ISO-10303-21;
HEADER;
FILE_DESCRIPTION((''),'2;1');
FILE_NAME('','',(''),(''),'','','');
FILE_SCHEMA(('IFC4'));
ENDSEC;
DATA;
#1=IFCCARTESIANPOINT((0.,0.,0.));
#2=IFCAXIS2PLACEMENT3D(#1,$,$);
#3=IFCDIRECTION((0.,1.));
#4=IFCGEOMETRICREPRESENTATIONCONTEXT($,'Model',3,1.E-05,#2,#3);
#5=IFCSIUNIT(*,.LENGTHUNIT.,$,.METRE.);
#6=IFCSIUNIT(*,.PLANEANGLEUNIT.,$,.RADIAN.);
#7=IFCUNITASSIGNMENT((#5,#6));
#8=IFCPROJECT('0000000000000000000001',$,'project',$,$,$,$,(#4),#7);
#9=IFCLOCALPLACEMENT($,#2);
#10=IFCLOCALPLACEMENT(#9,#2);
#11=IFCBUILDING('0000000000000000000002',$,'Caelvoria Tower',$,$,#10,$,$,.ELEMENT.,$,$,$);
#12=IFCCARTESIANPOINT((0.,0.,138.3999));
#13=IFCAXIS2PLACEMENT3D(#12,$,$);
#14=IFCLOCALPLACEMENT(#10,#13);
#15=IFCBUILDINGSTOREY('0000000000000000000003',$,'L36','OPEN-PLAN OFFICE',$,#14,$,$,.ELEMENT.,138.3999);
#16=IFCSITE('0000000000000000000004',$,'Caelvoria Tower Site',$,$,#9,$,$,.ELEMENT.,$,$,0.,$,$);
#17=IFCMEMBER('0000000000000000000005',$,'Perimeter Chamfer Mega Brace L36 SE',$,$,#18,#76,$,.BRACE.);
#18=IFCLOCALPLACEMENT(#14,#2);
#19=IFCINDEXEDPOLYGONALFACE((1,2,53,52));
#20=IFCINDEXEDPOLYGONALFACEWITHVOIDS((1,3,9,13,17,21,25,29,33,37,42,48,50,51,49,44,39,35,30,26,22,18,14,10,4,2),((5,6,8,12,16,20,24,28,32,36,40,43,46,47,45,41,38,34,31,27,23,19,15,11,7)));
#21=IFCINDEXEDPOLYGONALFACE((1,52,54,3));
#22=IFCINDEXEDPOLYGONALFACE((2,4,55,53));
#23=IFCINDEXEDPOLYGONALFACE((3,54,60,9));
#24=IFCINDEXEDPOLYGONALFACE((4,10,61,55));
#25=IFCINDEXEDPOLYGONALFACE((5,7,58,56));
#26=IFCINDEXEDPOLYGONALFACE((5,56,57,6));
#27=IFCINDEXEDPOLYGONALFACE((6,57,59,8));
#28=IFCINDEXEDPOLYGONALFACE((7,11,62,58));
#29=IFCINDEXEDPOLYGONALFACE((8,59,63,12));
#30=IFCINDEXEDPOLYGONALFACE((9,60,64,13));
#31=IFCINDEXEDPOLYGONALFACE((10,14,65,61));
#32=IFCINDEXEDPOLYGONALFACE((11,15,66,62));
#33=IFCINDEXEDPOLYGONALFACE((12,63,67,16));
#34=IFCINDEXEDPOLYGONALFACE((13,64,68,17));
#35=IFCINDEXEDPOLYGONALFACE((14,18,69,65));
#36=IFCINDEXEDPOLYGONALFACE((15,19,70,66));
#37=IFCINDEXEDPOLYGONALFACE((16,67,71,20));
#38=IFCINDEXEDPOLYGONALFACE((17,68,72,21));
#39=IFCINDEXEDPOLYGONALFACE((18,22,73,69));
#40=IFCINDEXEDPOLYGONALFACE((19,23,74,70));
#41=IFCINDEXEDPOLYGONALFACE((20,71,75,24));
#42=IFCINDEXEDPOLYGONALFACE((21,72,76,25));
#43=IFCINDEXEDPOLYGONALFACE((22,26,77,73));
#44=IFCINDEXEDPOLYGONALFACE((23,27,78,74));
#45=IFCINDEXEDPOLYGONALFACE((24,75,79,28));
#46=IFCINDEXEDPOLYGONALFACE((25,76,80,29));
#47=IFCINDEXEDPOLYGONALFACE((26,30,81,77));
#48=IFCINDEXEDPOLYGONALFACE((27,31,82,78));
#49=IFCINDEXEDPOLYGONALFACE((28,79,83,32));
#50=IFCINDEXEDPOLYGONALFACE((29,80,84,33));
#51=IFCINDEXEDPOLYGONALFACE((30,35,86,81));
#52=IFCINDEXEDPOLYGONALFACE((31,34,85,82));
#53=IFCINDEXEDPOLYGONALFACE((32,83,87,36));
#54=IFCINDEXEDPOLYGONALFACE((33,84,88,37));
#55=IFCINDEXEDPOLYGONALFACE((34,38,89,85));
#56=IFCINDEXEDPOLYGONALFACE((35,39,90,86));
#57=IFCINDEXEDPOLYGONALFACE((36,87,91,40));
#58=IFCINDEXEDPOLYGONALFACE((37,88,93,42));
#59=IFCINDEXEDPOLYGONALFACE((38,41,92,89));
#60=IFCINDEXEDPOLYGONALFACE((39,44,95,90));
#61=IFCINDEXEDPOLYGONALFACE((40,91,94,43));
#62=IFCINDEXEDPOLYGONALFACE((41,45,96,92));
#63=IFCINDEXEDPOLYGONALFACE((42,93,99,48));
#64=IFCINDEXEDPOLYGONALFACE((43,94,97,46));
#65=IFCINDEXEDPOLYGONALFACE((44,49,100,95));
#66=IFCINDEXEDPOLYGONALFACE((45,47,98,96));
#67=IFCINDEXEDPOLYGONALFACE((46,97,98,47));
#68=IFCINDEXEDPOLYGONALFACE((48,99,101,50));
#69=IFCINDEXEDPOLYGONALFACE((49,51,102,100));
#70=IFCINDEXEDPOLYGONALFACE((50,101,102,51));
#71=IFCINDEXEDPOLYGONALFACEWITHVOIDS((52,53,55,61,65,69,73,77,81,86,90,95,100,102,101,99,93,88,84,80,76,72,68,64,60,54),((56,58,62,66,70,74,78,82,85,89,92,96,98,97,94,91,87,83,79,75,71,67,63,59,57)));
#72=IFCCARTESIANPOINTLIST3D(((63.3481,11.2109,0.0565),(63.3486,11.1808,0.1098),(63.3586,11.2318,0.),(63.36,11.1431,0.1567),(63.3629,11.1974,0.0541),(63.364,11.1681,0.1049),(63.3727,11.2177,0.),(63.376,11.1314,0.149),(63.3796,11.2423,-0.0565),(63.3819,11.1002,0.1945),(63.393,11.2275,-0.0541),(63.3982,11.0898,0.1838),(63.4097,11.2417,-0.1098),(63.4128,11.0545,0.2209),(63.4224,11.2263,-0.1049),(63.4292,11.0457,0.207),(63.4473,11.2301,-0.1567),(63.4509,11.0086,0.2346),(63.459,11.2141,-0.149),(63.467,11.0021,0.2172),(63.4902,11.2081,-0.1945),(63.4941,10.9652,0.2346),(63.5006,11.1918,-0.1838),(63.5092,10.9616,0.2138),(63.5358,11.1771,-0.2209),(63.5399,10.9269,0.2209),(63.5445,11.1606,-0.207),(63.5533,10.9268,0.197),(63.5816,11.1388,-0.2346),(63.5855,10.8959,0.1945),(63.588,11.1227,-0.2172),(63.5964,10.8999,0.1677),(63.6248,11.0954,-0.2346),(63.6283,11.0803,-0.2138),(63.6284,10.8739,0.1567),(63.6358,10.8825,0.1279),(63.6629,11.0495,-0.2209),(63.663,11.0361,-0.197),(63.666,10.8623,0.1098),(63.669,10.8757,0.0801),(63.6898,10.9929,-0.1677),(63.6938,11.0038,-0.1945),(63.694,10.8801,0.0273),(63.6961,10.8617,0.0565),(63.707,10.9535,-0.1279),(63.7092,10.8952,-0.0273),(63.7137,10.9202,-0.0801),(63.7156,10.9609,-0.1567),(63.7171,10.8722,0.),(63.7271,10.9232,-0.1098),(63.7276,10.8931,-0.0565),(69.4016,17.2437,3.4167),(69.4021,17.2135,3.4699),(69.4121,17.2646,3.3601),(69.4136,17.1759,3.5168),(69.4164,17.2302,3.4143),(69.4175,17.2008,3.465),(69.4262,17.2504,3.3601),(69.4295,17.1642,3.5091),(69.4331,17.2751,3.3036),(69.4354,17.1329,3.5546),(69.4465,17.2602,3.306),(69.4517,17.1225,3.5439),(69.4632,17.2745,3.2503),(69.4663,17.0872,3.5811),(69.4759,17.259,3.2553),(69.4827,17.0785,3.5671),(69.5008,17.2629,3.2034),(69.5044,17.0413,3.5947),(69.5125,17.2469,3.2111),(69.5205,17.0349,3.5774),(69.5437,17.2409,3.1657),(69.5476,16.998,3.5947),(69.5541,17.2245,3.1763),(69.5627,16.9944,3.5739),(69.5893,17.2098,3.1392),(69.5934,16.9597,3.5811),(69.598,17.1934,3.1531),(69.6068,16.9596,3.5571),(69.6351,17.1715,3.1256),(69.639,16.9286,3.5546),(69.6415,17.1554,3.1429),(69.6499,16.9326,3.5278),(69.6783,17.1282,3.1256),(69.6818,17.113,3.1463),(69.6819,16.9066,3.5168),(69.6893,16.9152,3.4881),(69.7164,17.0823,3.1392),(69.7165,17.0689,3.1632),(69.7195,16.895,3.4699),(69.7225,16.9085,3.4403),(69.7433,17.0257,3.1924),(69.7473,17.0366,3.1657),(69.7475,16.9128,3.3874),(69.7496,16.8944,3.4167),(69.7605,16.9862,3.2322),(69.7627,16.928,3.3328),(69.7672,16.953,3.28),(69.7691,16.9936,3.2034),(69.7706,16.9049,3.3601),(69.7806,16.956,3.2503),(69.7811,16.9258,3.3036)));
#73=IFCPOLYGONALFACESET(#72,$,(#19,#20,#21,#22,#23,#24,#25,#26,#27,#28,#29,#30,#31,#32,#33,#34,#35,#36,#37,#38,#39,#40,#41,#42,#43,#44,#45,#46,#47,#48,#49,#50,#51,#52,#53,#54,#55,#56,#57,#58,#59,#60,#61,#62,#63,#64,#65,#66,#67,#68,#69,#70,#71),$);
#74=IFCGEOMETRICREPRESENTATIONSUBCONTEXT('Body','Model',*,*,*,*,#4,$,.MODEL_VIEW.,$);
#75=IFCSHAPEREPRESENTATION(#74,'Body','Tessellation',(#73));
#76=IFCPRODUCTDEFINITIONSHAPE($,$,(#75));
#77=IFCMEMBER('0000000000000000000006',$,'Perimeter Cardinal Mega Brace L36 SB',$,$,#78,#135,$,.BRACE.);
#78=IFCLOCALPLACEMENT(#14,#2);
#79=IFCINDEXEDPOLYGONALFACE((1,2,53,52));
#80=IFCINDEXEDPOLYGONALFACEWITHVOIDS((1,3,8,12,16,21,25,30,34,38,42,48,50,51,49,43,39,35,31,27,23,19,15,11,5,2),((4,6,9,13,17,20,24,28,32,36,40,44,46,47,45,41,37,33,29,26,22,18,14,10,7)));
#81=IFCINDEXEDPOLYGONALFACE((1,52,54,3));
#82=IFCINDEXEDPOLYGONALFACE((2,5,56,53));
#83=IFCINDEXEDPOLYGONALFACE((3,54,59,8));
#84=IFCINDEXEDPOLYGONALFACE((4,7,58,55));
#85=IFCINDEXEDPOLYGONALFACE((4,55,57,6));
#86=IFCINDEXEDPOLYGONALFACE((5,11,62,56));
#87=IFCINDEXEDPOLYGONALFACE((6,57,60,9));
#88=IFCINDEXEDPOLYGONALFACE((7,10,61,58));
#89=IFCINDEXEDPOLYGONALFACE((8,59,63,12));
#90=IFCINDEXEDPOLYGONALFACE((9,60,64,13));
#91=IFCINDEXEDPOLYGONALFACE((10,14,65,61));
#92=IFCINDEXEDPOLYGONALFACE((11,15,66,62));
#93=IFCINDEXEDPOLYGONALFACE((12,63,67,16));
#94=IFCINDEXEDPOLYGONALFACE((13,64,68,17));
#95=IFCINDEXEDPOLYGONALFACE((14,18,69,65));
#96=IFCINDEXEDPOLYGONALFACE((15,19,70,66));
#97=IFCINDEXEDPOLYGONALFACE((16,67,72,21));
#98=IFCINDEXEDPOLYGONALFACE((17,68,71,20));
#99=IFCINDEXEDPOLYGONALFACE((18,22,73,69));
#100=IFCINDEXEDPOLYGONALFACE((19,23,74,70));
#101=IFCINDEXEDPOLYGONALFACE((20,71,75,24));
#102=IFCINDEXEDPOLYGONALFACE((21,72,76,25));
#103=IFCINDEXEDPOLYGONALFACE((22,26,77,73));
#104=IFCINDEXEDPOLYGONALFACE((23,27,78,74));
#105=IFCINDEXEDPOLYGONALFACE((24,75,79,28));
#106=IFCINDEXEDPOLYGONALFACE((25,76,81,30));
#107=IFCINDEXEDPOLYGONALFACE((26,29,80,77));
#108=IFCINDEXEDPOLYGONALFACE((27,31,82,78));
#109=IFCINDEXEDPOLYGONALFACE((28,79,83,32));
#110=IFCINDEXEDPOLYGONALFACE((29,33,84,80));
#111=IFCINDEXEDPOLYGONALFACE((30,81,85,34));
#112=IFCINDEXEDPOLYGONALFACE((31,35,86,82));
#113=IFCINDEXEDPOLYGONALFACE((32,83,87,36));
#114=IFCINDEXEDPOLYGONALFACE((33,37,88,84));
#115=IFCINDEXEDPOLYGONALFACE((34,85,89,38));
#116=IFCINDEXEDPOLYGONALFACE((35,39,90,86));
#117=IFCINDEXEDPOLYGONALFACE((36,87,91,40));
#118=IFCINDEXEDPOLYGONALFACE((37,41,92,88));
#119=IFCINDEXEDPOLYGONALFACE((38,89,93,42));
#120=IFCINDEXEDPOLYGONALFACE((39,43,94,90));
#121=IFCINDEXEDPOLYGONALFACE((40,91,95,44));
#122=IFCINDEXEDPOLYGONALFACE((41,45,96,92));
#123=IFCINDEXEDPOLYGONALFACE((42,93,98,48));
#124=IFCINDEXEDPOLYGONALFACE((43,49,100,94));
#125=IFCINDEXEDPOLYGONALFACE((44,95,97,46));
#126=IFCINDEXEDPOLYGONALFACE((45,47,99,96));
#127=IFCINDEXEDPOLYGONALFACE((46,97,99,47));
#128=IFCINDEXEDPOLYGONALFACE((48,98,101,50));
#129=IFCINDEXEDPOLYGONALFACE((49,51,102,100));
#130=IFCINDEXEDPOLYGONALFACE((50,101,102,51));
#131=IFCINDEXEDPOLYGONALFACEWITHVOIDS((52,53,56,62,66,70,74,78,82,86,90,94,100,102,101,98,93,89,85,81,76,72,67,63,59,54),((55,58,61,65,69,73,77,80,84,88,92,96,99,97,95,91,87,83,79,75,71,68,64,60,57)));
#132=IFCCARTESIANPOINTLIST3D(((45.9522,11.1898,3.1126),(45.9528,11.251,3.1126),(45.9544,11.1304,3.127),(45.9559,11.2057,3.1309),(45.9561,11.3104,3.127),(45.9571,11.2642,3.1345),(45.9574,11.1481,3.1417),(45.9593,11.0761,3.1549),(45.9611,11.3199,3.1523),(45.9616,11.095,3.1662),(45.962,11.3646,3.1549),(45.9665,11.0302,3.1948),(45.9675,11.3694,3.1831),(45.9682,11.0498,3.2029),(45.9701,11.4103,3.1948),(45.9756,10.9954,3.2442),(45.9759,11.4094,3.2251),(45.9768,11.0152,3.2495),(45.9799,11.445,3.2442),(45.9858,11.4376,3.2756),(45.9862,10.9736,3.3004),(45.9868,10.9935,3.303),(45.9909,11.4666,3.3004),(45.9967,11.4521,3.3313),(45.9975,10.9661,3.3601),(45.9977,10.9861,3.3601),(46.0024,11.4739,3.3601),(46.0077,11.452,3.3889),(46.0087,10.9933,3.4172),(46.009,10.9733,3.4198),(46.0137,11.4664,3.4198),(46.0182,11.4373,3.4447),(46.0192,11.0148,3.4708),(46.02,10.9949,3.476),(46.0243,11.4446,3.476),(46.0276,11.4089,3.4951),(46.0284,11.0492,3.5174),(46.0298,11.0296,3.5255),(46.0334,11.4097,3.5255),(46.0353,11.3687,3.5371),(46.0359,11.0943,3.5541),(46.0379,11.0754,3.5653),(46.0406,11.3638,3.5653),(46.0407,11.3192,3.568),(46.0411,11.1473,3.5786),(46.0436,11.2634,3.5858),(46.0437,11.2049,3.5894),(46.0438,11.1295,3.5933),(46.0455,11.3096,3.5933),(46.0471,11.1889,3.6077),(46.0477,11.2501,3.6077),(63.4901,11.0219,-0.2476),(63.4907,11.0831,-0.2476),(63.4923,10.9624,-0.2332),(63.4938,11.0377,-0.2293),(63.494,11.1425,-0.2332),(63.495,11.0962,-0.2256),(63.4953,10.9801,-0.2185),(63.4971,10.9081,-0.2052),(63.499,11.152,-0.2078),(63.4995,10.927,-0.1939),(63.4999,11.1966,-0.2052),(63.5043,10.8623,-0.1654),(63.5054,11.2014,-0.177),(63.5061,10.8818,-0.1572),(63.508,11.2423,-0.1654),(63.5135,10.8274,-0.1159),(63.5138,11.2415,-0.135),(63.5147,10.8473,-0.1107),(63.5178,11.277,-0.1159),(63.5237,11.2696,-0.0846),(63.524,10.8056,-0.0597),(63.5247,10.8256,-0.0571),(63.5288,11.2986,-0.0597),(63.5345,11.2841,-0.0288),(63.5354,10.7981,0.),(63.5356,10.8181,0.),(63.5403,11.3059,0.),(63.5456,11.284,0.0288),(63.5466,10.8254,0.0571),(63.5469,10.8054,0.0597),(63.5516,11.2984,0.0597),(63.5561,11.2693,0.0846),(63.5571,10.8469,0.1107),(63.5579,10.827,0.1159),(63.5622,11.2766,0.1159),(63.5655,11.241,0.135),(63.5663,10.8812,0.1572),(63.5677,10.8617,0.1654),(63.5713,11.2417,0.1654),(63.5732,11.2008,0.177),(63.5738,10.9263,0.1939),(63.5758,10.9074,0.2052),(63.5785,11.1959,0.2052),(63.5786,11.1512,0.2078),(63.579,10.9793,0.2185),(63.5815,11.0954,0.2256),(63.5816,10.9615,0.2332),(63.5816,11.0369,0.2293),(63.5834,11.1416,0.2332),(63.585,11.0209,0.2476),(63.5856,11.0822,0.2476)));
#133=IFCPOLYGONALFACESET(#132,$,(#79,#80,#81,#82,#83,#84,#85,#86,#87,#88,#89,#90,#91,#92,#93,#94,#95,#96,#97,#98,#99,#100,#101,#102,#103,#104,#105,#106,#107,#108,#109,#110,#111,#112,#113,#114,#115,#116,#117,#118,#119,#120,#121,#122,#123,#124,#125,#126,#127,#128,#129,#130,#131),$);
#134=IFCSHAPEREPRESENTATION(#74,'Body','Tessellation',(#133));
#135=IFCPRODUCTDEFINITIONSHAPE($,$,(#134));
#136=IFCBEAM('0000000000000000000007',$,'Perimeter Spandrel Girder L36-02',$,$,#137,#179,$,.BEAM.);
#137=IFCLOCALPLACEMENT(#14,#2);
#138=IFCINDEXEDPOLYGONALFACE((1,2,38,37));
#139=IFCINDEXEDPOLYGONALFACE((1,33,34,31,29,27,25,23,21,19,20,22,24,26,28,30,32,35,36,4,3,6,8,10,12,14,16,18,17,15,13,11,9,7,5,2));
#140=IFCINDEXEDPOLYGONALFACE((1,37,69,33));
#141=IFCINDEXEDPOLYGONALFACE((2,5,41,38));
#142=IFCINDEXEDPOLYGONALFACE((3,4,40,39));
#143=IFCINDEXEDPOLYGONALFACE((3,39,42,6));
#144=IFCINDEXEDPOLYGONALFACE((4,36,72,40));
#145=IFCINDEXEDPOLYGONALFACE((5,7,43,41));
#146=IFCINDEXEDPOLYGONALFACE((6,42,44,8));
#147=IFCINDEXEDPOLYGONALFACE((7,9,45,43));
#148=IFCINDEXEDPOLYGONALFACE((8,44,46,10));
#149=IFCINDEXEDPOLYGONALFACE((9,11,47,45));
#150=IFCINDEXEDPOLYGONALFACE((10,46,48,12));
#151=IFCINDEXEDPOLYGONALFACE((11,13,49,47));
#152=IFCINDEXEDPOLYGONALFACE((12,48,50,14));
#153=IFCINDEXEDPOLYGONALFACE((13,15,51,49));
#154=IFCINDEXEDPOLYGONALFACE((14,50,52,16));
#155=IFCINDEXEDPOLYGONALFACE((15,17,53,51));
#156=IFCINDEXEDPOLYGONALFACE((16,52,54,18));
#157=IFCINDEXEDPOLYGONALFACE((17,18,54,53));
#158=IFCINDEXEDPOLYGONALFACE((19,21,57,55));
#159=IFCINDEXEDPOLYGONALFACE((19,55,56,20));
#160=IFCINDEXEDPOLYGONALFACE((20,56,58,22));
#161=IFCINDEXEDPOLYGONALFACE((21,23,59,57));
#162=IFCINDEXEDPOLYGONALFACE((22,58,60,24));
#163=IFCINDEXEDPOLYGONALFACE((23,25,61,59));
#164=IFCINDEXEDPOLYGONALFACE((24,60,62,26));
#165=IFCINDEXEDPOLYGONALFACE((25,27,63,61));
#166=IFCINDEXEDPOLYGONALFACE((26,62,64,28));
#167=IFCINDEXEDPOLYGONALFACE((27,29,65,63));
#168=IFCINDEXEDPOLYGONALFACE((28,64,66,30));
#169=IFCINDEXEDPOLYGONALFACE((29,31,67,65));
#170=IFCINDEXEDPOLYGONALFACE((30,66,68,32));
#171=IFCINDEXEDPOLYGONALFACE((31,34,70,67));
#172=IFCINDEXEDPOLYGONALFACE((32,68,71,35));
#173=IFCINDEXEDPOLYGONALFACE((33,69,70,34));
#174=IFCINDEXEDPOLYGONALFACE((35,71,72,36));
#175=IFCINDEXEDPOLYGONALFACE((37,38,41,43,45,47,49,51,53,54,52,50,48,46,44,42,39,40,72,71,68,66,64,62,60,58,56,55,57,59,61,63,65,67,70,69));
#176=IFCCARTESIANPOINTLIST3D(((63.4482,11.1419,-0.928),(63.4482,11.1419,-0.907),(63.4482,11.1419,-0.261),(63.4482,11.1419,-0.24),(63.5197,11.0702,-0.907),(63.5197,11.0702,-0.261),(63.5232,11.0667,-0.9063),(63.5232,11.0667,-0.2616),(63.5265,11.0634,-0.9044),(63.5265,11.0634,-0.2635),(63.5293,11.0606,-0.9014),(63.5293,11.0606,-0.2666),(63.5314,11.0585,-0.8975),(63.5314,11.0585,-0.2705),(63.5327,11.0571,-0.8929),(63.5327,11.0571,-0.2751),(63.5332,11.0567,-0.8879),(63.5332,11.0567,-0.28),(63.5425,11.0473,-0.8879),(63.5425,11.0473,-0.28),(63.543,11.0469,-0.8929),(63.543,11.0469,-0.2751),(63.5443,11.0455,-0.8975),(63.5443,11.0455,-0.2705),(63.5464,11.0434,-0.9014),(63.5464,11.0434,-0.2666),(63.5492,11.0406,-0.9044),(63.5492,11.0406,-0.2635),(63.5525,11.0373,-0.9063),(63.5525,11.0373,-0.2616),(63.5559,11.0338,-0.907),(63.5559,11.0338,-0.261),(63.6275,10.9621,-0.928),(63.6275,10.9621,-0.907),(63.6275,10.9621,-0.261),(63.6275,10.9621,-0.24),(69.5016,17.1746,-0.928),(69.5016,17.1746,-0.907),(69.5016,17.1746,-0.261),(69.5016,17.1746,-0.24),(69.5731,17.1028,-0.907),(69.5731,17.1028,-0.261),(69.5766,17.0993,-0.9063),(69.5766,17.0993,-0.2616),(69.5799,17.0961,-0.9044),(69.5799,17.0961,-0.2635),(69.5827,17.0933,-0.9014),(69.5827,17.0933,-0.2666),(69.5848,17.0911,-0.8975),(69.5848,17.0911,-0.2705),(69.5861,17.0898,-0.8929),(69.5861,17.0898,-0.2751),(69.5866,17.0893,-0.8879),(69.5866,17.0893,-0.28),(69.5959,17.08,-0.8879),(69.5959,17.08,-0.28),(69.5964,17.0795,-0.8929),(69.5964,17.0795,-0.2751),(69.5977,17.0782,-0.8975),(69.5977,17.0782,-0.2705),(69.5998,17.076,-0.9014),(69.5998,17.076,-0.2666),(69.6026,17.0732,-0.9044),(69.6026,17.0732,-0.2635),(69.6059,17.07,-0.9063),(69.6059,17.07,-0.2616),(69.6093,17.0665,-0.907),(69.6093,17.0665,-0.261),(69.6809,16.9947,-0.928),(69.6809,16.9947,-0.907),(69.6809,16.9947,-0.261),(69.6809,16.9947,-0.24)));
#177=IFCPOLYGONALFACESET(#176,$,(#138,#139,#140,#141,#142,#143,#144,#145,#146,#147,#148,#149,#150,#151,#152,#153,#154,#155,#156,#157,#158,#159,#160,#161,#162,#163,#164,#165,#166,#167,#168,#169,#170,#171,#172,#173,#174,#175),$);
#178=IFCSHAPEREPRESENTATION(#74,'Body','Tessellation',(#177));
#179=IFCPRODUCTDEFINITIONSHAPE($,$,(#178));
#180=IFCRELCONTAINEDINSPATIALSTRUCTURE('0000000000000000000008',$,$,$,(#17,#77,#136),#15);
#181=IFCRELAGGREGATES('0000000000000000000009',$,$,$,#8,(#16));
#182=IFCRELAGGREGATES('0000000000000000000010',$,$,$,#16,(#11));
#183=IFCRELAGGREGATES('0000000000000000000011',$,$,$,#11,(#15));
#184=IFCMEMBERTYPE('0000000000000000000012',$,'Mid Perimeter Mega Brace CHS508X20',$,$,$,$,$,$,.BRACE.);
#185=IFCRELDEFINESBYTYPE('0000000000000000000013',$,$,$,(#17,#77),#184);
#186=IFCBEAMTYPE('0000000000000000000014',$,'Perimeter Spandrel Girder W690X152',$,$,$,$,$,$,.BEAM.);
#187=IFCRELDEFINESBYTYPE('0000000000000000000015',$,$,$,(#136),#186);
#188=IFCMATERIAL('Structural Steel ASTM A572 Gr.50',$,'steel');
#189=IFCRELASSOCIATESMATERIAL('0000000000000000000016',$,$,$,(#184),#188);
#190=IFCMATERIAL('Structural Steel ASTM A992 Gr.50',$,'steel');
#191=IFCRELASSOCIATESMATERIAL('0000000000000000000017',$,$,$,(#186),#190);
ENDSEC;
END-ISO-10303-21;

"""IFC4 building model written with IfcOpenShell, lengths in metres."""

from ifc_helpers import new_model, si_unit, direction, frame, origin, origin_2d, place, context, subcontext, project, spatial, hollow_circle, i_section, extrude, material, material_profile, profile_set, type_object, element, save


model = new_model("IFC4")

# Units and contexts
model_context = context("Model", 3, precision=1e-05, world=origin(), true_north=direction((0.0, 1.0)))
body_context = subcontext(model_context, "Body", "Model", "MODEL_VIEW")
ifc_project = project(units=[si_unit("LENGTHUNIT", "METRE"), si_unit("PLANEANGLEUNIT", "RADIAN")], contexts=[model_context])

# Site, building, storey
site_placement = place(None, origin())
site = spatial("IfcSite", under=ifc_project, at=site_placement, Name="Caelvoria Tower Site", CompositionType="ELEMENT", RefElevation=0.0)
building_placement = place(site_placement, origin())
building = spatial("IfcBuilding", under=site, at=building_placement, Name="Caelvoria Tower", CompositionType="ELEMENT")
storey_placement = place(building_placement, frame((0.0, 0.0, 138.3999)))
storey = spatial("IfcBuildingStorey", under=building, at=storey_placement, Name="L36", Description="OPEN-PLAN OFFICE", CompositionType="ELEMENT", Elevation=138.3999)

# Shared definitions
ifc_material_1 = material(Name="Structural Steel ASTM A572 Gr.50", Category="steel")
ifc_material_2 = material(Name="Structural Steel ASTM A992 Gr.50", Category="steel")

# Members
ifc_material_profile_1 = material_profile(ifc_material_1, hollow_circle(Radius=0.2539, WallThickness=0.02, at=origin_2d()), Name="Structural Steel ASTM A572 Gr.50")
ifc_profile_set_1 = profile_set([ifc_material_profile_1], Name="CHS508X20 - Structural Steel ASTM A572 Gr.50")
member_type = type_object("IfcMemberType", Name="Mid Perimeter Mega Brace CHS508X20", PredefinedType="BRACE", material=ifc_profile_set_1)
member_1_placement = place(storey_placement, frame((63.5378, 11.052, 0.0), z_axis=(0.6592, 0.65694, 0.365903), x_axis=(-0.705892, 0.70832, 0.0)))
element("IfcMember", 1, at=member_1_placement, inside=storey, type_object=member_type, Name="Perimeter Chamfer Mega Brace L36 SE", PredefinedType="BRACE", context=body_context, shape_type="SweptSolid", body=[
    extrude(hollow_circle(Radius=0.2539, WallThickness=0.02, at=origin_2d()), origin(), (0.0, 0.0, 1.0), 9.1831),
])
member_2_placement = place(storey_placement, frame((63.5378, 11.052, 0.0), z_axis=(-0.982093, 0.009406, 0.188161), x_axis=(-0.009577, -0.999954, 0.0)))
element("IfcMember", 2, at=member_2_placement, inside=storey, type_object=member_type, Name="Perimeter Cardinal Mega Brace L36 SB", PredefinedType="BRACE", context=body_context, shape_type="SweptSolid", body=[
    extrude(hollow_circle(Radius=0.2539, WallThickness=0.02, at=origin_2d()), origin(), (0.0, 0.0, 1.0), 17.8577),
])

# Beam
ifc_material_profile_2 = material_profile(ifc_material_2, i_section(OverallWidth=0.2539, OverallDepth=0.688, WebThickness=0.0132, FlangeThickness=0.021, FilletRadius=0.019, at=origin_2d()), Name="Structural Steel ASTM A992 Gr.50")
ifc_profile_set_2 = profile_set([ifc_material_profile_2], Name="W690X152 - Structural Steel ASTM A992 Gr.50")
beam_type_1 = type_object("IfcBeamType", Name="Perimeter Spandrel Girder W690X152", PredefinedType="BEAM", material=ifc_profile_set_2)
beam_1_placement = place(storey_placement, frame((63.5378, 11.052, -0.584), z_axis=(0.70832, 0.705892, 0.0), x_axis=(-0.705892, 0.70832, 0.0)))
element("IfcBeam", 3, at=beam_1_placement, inside=storey, type_object=beam_type_1, Name="Perimeter Spandrel Girder L36-02", PredefinedType="BEAM", context=body_context, shape_type="SweptSolid", body=[
    extrude(i_section(OverallWidth=0.2539, OverallDepth=0.688, WebThickness=0.0132, FlangeThickness=0.021, FilletRadius=0.019, at=origin_2d()), origin(), (0.0, 0.0, 1.0), 8.5461),
])

save(model, "model.ifc")
